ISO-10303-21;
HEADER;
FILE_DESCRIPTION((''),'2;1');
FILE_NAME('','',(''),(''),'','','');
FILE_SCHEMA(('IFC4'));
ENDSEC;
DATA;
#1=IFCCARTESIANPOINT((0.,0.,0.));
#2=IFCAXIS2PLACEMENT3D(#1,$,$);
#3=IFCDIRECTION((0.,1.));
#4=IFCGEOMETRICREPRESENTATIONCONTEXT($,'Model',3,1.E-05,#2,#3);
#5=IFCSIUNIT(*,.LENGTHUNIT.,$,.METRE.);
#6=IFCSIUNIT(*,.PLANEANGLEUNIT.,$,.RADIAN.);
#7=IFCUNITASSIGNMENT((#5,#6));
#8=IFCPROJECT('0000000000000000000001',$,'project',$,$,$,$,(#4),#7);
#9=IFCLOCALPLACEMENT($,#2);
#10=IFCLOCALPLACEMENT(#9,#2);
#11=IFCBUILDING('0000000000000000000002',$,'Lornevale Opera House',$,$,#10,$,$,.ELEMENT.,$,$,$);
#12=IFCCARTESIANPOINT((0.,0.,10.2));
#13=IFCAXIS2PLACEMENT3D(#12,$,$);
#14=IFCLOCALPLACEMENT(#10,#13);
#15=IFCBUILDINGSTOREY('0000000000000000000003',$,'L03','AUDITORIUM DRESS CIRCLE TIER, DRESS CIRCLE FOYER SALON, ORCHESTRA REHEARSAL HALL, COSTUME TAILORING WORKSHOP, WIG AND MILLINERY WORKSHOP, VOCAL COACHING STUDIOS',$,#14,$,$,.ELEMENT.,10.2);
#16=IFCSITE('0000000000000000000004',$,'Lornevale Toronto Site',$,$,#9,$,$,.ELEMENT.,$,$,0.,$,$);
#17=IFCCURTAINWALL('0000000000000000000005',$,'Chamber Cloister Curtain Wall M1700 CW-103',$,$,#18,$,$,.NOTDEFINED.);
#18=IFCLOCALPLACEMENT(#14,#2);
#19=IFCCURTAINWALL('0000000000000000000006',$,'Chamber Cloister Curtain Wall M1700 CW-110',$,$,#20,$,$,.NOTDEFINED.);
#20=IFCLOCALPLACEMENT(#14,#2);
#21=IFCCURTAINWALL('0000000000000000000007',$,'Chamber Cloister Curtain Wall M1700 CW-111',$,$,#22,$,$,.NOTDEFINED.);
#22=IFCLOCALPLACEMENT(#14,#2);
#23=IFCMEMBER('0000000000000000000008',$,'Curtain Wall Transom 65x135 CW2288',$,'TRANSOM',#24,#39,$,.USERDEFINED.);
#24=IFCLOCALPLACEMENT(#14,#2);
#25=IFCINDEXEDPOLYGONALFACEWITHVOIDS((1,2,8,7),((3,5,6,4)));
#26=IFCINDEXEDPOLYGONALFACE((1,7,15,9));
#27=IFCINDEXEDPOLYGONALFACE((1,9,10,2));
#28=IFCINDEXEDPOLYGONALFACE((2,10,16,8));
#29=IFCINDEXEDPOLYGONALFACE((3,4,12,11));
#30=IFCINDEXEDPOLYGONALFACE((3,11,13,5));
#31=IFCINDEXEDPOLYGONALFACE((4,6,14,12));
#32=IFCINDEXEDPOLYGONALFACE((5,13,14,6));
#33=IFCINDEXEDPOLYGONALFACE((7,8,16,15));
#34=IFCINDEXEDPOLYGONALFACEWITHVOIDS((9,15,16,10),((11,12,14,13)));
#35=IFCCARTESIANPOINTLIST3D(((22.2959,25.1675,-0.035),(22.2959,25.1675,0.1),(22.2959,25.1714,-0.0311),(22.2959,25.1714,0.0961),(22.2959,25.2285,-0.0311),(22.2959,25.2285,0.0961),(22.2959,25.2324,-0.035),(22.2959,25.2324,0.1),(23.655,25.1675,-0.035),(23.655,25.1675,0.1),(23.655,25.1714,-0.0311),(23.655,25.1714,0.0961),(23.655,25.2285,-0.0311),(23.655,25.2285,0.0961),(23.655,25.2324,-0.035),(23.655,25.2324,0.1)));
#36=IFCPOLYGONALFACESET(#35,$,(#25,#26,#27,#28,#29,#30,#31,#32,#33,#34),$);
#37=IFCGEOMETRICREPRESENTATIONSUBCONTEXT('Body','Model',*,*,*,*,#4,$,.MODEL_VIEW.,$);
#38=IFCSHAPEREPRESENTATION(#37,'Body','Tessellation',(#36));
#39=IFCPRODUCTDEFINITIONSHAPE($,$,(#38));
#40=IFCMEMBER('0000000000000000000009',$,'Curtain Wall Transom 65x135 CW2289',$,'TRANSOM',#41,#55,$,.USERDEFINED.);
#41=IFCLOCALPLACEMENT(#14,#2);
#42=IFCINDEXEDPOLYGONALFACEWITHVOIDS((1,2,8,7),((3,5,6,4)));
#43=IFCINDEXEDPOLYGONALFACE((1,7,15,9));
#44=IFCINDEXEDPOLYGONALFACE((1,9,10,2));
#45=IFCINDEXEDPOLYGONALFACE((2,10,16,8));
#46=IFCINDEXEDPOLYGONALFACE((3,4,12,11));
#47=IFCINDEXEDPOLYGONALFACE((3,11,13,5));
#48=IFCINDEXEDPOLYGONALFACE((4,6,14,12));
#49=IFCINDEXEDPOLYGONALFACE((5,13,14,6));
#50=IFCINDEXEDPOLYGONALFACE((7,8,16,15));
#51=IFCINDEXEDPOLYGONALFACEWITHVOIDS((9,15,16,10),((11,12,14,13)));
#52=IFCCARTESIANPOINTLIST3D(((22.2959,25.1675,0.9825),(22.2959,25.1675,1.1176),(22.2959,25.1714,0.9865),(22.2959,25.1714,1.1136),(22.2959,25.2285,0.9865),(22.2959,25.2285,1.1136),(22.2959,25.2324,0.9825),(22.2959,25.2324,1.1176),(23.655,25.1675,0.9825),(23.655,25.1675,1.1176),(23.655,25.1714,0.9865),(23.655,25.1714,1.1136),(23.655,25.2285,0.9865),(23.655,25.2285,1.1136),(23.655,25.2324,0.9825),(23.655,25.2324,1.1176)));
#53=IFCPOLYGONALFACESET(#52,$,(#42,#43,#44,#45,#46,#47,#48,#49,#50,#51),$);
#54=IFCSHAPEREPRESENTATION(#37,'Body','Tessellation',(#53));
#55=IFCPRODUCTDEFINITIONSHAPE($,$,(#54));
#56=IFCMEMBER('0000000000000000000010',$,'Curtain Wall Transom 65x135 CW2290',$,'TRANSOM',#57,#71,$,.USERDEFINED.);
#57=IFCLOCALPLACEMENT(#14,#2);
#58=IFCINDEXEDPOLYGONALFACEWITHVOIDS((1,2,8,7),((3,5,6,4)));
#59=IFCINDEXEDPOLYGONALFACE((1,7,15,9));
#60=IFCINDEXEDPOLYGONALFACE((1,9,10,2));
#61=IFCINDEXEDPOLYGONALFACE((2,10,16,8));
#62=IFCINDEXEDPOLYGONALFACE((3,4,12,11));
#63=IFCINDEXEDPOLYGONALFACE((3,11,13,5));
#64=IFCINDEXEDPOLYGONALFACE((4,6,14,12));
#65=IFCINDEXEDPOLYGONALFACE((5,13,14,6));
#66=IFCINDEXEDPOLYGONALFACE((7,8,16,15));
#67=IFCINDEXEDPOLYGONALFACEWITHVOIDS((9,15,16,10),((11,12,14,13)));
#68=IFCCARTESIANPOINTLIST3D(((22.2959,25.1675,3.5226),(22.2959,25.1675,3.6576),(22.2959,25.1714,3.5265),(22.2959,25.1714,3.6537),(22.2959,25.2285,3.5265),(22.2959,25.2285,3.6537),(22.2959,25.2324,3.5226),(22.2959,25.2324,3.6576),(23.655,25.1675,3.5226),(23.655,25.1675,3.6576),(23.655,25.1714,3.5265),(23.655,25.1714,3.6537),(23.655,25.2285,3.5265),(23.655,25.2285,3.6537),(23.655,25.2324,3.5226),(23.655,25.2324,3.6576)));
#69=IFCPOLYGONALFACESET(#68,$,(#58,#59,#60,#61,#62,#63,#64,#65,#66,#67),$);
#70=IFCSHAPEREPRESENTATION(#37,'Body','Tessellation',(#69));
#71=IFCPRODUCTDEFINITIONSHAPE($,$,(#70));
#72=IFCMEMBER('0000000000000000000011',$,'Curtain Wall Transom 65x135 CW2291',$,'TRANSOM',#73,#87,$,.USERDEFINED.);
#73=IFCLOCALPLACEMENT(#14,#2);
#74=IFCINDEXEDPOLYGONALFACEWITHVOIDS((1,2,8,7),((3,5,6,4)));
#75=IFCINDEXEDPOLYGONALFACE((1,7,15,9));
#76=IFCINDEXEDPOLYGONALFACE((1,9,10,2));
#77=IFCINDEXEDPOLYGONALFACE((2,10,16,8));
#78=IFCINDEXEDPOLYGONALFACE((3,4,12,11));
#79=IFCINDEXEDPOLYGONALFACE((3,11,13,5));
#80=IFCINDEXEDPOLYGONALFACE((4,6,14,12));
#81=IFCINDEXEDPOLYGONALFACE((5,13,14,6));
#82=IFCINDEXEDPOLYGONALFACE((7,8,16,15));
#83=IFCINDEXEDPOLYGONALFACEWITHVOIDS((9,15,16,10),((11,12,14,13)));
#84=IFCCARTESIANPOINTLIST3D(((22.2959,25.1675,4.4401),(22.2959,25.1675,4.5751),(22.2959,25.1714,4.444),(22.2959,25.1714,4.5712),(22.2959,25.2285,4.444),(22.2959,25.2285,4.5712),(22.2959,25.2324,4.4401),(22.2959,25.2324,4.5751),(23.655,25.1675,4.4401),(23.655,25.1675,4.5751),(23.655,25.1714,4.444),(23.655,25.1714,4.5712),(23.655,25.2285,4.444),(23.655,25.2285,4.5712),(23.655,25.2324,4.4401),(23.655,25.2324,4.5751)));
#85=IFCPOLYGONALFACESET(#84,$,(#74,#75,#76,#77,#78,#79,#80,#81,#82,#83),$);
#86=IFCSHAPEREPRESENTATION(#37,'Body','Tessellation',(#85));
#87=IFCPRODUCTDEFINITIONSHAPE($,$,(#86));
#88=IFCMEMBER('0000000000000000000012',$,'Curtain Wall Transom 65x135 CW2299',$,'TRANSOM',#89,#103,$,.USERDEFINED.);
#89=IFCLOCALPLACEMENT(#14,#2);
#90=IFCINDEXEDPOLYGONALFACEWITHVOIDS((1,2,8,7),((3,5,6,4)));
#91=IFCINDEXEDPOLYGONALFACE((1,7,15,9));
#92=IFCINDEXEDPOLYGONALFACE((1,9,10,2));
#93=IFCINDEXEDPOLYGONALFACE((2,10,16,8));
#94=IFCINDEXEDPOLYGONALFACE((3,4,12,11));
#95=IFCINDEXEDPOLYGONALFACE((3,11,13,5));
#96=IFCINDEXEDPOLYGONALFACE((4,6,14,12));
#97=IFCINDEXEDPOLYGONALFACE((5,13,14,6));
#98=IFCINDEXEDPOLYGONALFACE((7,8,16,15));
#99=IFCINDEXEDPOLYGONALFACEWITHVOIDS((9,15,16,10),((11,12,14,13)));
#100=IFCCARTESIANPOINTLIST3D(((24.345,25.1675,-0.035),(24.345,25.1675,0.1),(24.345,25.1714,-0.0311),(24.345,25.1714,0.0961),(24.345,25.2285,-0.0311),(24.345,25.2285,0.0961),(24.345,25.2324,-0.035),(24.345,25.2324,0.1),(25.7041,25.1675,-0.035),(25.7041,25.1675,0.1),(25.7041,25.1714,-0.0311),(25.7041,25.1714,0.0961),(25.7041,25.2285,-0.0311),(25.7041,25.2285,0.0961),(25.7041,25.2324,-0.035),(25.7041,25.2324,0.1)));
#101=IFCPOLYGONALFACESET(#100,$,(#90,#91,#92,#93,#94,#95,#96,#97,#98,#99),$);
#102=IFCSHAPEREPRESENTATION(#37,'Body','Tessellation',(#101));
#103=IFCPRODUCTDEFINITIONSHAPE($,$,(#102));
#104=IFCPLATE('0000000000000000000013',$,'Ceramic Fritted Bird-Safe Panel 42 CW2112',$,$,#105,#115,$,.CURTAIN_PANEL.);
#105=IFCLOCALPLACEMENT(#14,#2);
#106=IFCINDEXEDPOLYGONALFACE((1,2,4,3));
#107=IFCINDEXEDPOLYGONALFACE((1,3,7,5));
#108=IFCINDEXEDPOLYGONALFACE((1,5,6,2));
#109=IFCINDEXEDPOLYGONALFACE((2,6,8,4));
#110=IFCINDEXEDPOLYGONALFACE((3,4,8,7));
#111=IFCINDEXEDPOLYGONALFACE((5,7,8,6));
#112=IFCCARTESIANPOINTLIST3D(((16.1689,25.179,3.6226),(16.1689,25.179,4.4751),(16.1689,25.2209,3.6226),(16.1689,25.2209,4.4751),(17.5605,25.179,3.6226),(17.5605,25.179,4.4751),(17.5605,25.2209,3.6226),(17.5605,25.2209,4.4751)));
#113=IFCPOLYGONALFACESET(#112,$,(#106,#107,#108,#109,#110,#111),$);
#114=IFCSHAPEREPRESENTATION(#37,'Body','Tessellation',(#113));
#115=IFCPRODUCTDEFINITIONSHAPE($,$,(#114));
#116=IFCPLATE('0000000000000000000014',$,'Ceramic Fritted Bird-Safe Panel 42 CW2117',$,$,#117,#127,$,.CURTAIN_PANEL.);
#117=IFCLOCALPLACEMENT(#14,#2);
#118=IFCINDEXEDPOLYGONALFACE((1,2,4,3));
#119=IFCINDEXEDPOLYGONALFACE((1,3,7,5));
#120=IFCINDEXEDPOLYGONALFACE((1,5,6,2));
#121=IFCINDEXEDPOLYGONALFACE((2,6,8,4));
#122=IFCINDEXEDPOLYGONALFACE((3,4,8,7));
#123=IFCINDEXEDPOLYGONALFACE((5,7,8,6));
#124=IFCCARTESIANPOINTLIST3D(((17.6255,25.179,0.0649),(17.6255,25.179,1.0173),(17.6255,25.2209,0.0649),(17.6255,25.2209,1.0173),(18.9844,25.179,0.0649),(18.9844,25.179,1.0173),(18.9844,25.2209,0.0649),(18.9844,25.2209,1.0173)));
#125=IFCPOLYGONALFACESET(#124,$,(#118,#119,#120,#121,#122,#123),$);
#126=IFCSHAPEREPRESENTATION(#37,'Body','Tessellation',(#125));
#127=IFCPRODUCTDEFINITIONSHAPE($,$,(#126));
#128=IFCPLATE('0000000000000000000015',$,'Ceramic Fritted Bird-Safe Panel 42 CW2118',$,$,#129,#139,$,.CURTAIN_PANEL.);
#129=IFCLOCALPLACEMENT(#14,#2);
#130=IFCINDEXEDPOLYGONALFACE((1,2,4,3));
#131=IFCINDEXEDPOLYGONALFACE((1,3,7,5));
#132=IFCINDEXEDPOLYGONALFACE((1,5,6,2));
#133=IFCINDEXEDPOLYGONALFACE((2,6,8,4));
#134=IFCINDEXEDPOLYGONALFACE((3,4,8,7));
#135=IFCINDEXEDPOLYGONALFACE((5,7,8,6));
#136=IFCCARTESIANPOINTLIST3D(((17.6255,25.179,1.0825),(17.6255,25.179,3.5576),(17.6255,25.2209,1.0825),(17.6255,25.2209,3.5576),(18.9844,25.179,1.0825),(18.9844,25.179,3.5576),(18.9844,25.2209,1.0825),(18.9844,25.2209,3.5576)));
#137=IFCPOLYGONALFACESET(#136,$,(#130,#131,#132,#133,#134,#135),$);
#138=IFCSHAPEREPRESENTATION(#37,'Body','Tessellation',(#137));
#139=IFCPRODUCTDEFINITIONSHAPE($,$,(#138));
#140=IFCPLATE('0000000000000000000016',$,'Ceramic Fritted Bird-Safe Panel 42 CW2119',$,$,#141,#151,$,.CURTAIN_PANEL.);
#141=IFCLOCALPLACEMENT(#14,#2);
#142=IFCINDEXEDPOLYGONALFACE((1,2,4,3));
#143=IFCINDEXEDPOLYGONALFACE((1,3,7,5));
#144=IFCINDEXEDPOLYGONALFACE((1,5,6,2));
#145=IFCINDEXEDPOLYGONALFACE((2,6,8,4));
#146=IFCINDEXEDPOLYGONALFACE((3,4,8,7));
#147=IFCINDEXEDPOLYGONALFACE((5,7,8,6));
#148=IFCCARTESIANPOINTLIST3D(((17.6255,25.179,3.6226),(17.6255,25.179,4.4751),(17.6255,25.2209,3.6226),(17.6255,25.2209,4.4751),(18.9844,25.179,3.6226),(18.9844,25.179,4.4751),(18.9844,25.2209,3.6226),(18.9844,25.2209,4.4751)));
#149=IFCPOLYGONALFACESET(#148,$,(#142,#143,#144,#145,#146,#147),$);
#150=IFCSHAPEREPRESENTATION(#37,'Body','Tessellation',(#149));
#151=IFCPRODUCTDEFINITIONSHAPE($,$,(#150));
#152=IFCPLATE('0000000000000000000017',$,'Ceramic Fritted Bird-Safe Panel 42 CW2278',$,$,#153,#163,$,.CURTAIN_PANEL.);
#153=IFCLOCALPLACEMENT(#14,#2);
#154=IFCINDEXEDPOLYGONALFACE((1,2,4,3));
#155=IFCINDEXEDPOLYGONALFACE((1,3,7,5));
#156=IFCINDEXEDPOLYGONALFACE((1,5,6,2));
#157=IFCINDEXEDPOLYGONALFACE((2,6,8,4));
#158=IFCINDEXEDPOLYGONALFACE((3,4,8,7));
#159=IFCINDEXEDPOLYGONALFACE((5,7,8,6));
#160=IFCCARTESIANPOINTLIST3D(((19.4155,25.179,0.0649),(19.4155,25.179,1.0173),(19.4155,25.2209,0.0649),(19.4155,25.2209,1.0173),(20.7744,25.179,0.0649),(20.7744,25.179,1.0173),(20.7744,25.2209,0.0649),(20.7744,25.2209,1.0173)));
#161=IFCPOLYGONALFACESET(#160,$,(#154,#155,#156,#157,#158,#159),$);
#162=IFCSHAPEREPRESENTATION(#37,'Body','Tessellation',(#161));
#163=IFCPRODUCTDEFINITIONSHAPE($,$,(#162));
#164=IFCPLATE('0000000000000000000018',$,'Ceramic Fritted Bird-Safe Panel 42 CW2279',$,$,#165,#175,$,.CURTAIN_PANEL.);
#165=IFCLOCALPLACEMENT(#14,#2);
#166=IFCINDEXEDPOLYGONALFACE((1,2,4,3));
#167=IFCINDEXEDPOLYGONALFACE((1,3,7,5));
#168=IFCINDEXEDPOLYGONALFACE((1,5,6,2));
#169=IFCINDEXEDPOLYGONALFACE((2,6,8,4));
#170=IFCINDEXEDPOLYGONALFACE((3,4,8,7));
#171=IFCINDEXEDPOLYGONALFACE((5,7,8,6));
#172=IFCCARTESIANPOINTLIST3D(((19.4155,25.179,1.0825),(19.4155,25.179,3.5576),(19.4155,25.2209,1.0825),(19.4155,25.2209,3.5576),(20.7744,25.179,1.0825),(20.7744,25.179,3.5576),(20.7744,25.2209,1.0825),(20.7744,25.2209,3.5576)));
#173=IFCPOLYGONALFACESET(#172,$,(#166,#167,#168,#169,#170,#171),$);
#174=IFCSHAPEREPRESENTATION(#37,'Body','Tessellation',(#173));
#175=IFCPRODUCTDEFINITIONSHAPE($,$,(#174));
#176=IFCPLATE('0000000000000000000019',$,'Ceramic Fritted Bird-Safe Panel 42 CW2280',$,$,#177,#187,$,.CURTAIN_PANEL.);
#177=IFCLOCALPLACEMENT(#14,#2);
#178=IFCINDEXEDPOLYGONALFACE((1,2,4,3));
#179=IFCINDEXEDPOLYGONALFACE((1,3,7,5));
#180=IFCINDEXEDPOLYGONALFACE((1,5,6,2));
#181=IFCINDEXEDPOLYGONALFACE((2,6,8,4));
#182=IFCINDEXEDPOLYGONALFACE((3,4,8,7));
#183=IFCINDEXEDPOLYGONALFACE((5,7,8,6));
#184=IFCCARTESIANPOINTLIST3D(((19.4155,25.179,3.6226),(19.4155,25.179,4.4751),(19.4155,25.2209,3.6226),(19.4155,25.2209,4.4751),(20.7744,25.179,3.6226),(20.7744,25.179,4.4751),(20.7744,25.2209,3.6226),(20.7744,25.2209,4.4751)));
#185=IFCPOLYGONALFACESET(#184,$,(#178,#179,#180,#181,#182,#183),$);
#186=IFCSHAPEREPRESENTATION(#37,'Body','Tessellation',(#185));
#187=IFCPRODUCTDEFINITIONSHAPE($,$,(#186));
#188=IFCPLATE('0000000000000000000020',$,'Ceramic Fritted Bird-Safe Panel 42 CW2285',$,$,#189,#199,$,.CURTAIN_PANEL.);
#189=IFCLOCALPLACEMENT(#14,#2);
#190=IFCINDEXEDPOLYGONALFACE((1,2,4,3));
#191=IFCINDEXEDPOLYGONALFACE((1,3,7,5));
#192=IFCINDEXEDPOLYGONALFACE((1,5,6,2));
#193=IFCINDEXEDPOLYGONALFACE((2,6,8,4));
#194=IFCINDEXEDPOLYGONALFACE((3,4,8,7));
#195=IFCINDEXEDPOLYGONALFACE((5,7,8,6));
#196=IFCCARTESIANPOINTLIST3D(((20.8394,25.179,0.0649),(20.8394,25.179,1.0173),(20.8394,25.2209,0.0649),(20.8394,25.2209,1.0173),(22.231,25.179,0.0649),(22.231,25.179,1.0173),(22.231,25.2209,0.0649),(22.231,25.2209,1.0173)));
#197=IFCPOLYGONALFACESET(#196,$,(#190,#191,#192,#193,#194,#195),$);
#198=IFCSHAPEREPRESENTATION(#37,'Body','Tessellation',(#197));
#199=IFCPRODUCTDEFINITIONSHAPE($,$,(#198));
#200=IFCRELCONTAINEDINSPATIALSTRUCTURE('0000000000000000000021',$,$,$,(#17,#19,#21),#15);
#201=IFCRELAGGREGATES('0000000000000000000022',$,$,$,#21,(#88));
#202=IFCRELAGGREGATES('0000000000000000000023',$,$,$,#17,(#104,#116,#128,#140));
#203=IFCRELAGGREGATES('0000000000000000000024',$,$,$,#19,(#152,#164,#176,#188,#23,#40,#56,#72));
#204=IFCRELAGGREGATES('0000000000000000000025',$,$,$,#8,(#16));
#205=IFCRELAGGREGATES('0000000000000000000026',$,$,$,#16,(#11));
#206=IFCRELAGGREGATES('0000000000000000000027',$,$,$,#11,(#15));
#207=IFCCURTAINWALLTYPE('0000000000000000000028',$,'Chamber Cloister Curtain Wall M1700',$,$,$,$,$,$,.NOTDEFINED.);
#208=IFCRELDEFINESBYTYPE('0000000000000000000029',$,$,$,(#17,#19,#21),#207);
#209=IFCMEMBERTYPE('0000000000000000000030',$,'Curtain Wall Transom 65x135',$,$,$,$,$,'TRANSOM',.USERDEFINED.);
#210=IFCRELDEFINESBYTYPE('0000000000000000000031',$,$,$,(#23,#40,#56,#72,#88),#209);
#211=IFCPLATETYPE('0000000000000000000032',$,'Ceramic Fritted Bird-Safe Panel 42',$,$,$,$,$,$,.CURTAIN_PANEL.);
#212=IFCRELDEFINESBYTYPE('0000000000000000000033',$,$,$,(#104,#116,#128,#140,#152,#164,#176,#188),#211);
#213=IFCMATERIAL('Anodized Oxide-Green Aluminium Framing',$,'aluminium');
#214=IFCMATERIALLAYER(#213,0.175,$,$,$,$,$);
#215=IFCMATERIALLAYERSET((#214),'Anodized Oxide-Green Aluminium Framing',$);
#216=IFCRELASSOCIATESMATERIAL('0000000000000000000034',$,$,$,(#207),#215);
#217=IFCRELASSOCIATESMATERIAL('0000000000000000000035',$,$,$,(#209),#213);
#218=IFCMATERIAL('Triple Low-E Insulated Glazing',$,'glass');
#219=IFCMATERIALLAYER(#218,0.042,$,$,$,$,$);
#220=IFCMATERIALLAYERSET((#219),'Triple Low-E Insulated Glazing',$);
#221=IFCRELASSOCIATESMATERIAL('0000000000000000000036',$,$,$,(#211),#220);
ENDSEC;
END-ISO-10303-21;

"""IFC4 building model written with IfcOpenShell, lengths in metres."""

from ifc_helpers import new_model, si_unit, direction, frame, origin, origin_2d, place, context, subcontext, project, spatial, rectangle, hollow_rectangle, extrude, material, layer, layer_set, material_profile, profile_set, type_object, element, aggregate, save


model = new_model("IFC4")

# Units and contexts
model_context = context("Model", 3, precision=1e-05, world=origin(), true_north=direction((0.0, 1.0)))
body_context = subcontext(model_context, "Body", "Model", "MODEL_VIEW")
ifc_project = project(units=[si_unit("LENGTHUNIT", "METRE"), si_unit("PLANEANGLEUNIT", "RADIAN")], contexts=[model_context])

# Site, building, storey
site_placement = place(None, origin())
site = spatial("IfcSite", under=ifc_project, at=site_placement, Name="Lornevale Toronto Site", CompositionType="ELEMENT", RefElevation=0.0)
building_placement = place(site_placement, origin())
building = spatial("IfcBuilding", under=site, at=building_placement, Name="Lornevale Opera House", CompositionType="ELEMENT")
storey_placement = place(building_placement, frame((0.0, 0.0, 10.2)))
storey = spatial("IfcBuildingStorey", under=building, at=storey_placement, Name="L03", Description="AUDITORIUM DRESS CIRCLE TIER, DRESS CIRCLE FOYER SALON, ORCHESTRA REHEARSAL HALL, COSTUME TAILORING WORKSHOP, WIG AND MILLINERY WORKSHOP, VOCAL COACHING STUDIOS", CompositionType="ELEMENT", Elevation=10.2)

# Curtain walls
ifc_material_1 = material(Name="Anodized Oxide-Green Aluminium Framing", Category="aluminium")
ifc_layer_1 = layer(ifc_material_1, 0.175)
ifc_layer_set_1 = layer_set([ifc_layer_1], Name="Anodized Oxide-Green Aluminium Framing")
curtain_wall_type = type_object("IfcCurtainWallType", Name="Chamber Cloister Curtain Wall M1700", PredefinedType="NOTDEFINED", material=ifc_layer_set_1)
curtain_wall_1_placement = place(storey_placement, origin())
curtain_wall_1 = element("IfcCurtainWall", 1, at=curtain_wall_1_placement, inside=storey, type_object=curtain_wall_type, Name="Chamber Cloister Curtain Wall M1700 CW-103", PredefinedType="NOTDEFINED")
curtain_wall_2_placement = place(storey_placement, origin())
curtain_wall_2 = element("IfcCurtainWall", 2, at=curtain_wall_2_placement, inside=storey, type_object=curtain_wall_type, Name="Chamber Cloister Curtain Wall M1700 CW-110", PredefinedType="NOTDEFINED")

# Curtain wall
curtain_wall_3_placement = place(storey_placement, origin())
curtain_wall_3 = element("IfcCurtainWall", 3, at=curtain_wall_3_placement, inside=storey, type_object=curtain_wall_type, Name="Chamber Cloister Curtain Wall M1700 CW-111", PredefinedType="NOTDEFINED")

# Members
ifc_material_profile_1 = material_profile(ifc_material_1, hollow_rectangle(XDim=0.0649, YDim=0.135, WallThickness=0.0039, at=origin_2d()), Name="ALU65x135x4")
ifc_profile_set_1 = profile_set([ifc_material_profile_1], Name="Anodized Oxide-Green Aluminium Framing")
member_type_1 = type_object("IfcMemberType", Name="Curtain Wall Transom 65x135", ElementType="TRANSOM", PredefinedType="USERDEFINED", material=ifc_profile_set_1)
member_1_placement = place(storey_placement, frame((22.2959, 25.2, 0.0325), z_axis=(1.0, 0.0, 0.0), x_axis=(0.0, 1.0, 0.0)))
member_1 = element("IfcMember", 4, at=member_1_placement, type_object=member_type_1, Name="Curtain Wall Transom 65x135 CW2288", ObjectType="TRANSOM", PredefinedType="USERDEFINED", context=body_context, shape_type="SweptSolid", body=[
    extrude(hollow_rectangle(XDim=0.0649, YDim=0.135, WallThickness=0.0039, at=origin_2d()), origin(), (0.0, 0.0, 1.0), 1.3591),
])
member_2_placement = place(storey_placement, frame((22.2959, 25.2, 1.05), z_axis=(1.0, 0.0, 0.0), x_axis=(0.0, 1.0, 0.0)))
member_2 = element("IfcMember", 5, at=member_2_placement, type_object=member_type_1, Name="Curtain Wall Transom 65x135 CW2289", ObjectType="TRANSOM", PredefinedType="USERDEFINED", context=body_context, shape_type="SweptSolid", body=[
    extrude(hollow_rectangle(XDim=0.0649, YDim=0.135, WallThickness=0.0039, at=origin_2d()), origin(), (0.0, 0.0, 1.0), 1.3591),
])
member_3_placement = place(storey_placement, frame((22.2959, 25.2, 3.5901), z_axis=(1.0, 0.0, 0.0), x_axis=(0.0, 1.0, 0.0)))
member_3 = element("IfcMember", 6, at=member_3_placement, type_object=member_type_1, Name="Curtain Wall Transom 65x135 CW2290", ObjectType="TRANSOM", PredefinedType="USERDEFINED", context=body_context, shape_type="SweptSolid", body=[
    extrude(hollow_rectangle(XDim=0.0649, YDim=0.135, WallThickness=0.0039, at=origin_2d()), origin(), (0.0, 0.0, 1.0), 1.3591),
])
member_4_placement = place(storey_placement, frame((22.2959, 25.2, 4.5076), z_axis=(1.0, 0.0, 0.0), x_axis=(0.0, 1.0, 0.0)))
member_4 = element("IfcMember", 7, at=member_4_placement, type_object=member_type_1, Name="Curtain Wall Transom 65x135 CW2291", ObjectType="TRANSOM", PredefinedType="USERDEFINED", context=body_context, shape_type="SweptSolid", body=[
    extrude(hollow_rectangle(XDim=0.0649, YDim=0.135, WallThickness=0.0039, at=origin_2d()), origin(), (0.0, 0.0, 1.0), 1.3591),
])
member_5_placement = place(storey_placement, frame((24.345, 25.2, 0.0325), z_axis=(1.0, 0.0, 0.0), x_axis=(0.0, 1.0, 0.0)))
member_5 = element("IfcMember", 8, at=member_5_placement, type_object=member_type_1, Name="Curtain Wall Transom 65x135 CW2299", ObjectType="TRANSOM", PredefinedType="USERDEFINED", context=body_context, shape_type="SweptSolid", body=[
    extrude(hollow_rectangle(XDim=0.0649, YDim=0.135, WallThickness=0.0039, at=origin_2d()), origin(), (0.0, 0.0, 1.0), 1.3591),
])
aggregate(curtain_wall_3, [member_5])

# Plates
ifc_material_2 = material(Name="Triple Low-E Insulated Glazing", Category="glass")
ifc_layer_2 = layer(ifc_material_2, 0.042)
ifc_layer_set_2 = layer_set([ifc_layer_2], Name="Triple Low-E Insulated Glazing")
plate_type = type_object("IfcPlateType", Name="Ceramic Fritted Bird-Safe Panel 42", PredefinedType="CURTAIN_PANEL", material=ifc_layer_set_2)
plate_1_placement = place(storey_placement, frame((16.8647, 25.2, 3.6226), z_axis=(0.0, 0.0, 1.0), x_axis=(1.0, 0.0, 0.0)))
plate_1 = element("IfcPlate", 9, at=plate_1_placement, type_object=plate_type, Name="Ceramic Fritted Bird-Safe Panel 42 CW2112", PredefinedType="CURTAIN_PANEL", context=body_context, shape_type="SweptSolid", body=[
    extrude(rectangle(XDim=1.3916, YDim=0.042, at=origin_2d()), origin(), (0.0, 0.0, 1.0), 0.8525),
])
plate_2_placement = place(storey_placement, frame((18.3049, 25.2, 0.0649), z_axis=(0.0, 0.0, 1.0), x_axis=(1.0, 0.0, 0.0)))
plate_2 = element("IfcPlate", 10, at=plate_2_placement, type_object=plate_type, Name="Ceramic Fritted Bird-Safe Panel 42 CW2117", PredefinedType="CURTAIN_PANEL", context=body_context, shape_type="SweptSolid", body=[
    extrude(rectangle(XDim=1.3589, YDim=0.042, at=origin_2d()), origin(), (0.0, 0.0, 1.0), 0.9524),
])
plate_3_placement = place(storey_placement, frame((18.3049, 25.2, 1.0825), z_axis=(0.0, 0.0, 1.0), x_axis=(1.0, 0.0, 0.0)))
plate_3 = element("IfcPlate", 11, at=plate_3_placement, type_object=plate_type, Name="Ceramic Fritted Bird-Safe Panel 42 CW2118", PredefinedType="CURTAIN_PANEL", context=body_context, shape_type="SweptSolid", body=[
    extrude(rectangle(XDim=1.3589, YDim=0.042, at=origin_2d()), origin(), (0.0, 0.0, 1.0), 2.4751),
])
plate_4_placement = place(storey_placement, frame((18.3049, 25.2, 3.6226), z_axis=(0.0, 0.0, 1.0), x_axis=(1.0, 0.0, 0.0)))
plate_4 = element("IfcPlate", 12, at=plate_4_placement, type_object=plate_type, Name="Ceramic Fritted Bird-Safe Panel 42 CW2119", PredefinedType="CURTAIN_PANEL", context=body_context, shape_type="SweptSolid", body=[
    extrude(rectangle(XDim=1.3589, YDim=0.042, at=origin_2d()), origin(), (0.0, 0.0, 1.0), 0.8525),
])
aggregate(curtain_wall_1, [plate_1, plate_2, plate_3, plate_4])
plate_5_placement = place(storey_placement, frame((20.095, 25.2, 0.0649), z_axis=(0.0, 0.0, 1.0), x_axis=(1.0, 0.0, 0.0)))
plate_5 = element("IfcPlate", 13, at=plate_5_placement, type_object=plate_type, Name="Ceramic Fritted Bird-Safe Panel 42 CW2278", PredefinedType="CURTAIN_PANEL", context=body_context, shape_type="SweptSolid", body=[
    extrude(rectangle(XDim=1.3589, YDim=0.042, at=origin_2d()), origin(), (0.0, 0.0, 1.0), 0.9524),
])
plate_6_placement = place(storey_placement, frame((20.095, 25.2, 1.0825), z_axis=(0.0, 0.0, 1.0), x_axis=(1.0, 0.0, 0.0)))
plate_6 = element("IfcPlate", 14, at=plate_6_placement, type_object=plate_type, Name="Ceramic Fritted Bird-Safe Panel 42 CW2279", PredefinedType="CURTAIN_PANEL", context=body_context, shape_type="SweptSolid", body=[
    extrude(rectangle(XDim=1.3589, YDim=0.042, at=origin_2d()), origin(), (0.0, 0.0, 1.0), 2.4751),
])
plate_7_placement = place(storey_placement, frame((20.095, 25.2, 3.6226), z_axis=(0.0, 0.0, 1.0), x_axis=(1.0, 0.0, 0.0)))
plate_7 = element("IfcPlate", 15, at=plate_7_placement, type_object=plate_type, Name="Ceramic Fritted Bird-Safe Panel 42 CW2280", PredefinedType="CURTAIN_PANEL", context=body_context, shape_type="SweptSolid", body=[
    extrude(rectangle(XDim=1.3589, YDim=0.042, at=origin_2d()), origin(), (0.0, 0.0, 1.0), 0.8525),
])
plate_8_placement = place(storey_placement, frame((21.5352, 25.2, 0.0649), z_axis=(0.0, 0.0, 1.0), x_axis=(1.0, 0.0, 0.0)))
plate_8 = element("IfcPlate", 16, at=plate_8_placement, type_object=plate_type, Name="Ceramic Fritted Bird-Safe Panel 42 CW2285", PredefinedType="CURTAIN_PANEL", context=body_context, shape_type="SweptSolid", body=[
    extrude(rectangle(XDim=1.3916, YDim=0.042, at=origin_2d()), origin(), (0.0, 0.0, 1.0), 0.9524),
])
aggregate(curtain_wall_2, [plate_5, plate_6, plate_7, plate_8, member_1, member_2, member_3, member_4])

save(model, "model.ifc")
